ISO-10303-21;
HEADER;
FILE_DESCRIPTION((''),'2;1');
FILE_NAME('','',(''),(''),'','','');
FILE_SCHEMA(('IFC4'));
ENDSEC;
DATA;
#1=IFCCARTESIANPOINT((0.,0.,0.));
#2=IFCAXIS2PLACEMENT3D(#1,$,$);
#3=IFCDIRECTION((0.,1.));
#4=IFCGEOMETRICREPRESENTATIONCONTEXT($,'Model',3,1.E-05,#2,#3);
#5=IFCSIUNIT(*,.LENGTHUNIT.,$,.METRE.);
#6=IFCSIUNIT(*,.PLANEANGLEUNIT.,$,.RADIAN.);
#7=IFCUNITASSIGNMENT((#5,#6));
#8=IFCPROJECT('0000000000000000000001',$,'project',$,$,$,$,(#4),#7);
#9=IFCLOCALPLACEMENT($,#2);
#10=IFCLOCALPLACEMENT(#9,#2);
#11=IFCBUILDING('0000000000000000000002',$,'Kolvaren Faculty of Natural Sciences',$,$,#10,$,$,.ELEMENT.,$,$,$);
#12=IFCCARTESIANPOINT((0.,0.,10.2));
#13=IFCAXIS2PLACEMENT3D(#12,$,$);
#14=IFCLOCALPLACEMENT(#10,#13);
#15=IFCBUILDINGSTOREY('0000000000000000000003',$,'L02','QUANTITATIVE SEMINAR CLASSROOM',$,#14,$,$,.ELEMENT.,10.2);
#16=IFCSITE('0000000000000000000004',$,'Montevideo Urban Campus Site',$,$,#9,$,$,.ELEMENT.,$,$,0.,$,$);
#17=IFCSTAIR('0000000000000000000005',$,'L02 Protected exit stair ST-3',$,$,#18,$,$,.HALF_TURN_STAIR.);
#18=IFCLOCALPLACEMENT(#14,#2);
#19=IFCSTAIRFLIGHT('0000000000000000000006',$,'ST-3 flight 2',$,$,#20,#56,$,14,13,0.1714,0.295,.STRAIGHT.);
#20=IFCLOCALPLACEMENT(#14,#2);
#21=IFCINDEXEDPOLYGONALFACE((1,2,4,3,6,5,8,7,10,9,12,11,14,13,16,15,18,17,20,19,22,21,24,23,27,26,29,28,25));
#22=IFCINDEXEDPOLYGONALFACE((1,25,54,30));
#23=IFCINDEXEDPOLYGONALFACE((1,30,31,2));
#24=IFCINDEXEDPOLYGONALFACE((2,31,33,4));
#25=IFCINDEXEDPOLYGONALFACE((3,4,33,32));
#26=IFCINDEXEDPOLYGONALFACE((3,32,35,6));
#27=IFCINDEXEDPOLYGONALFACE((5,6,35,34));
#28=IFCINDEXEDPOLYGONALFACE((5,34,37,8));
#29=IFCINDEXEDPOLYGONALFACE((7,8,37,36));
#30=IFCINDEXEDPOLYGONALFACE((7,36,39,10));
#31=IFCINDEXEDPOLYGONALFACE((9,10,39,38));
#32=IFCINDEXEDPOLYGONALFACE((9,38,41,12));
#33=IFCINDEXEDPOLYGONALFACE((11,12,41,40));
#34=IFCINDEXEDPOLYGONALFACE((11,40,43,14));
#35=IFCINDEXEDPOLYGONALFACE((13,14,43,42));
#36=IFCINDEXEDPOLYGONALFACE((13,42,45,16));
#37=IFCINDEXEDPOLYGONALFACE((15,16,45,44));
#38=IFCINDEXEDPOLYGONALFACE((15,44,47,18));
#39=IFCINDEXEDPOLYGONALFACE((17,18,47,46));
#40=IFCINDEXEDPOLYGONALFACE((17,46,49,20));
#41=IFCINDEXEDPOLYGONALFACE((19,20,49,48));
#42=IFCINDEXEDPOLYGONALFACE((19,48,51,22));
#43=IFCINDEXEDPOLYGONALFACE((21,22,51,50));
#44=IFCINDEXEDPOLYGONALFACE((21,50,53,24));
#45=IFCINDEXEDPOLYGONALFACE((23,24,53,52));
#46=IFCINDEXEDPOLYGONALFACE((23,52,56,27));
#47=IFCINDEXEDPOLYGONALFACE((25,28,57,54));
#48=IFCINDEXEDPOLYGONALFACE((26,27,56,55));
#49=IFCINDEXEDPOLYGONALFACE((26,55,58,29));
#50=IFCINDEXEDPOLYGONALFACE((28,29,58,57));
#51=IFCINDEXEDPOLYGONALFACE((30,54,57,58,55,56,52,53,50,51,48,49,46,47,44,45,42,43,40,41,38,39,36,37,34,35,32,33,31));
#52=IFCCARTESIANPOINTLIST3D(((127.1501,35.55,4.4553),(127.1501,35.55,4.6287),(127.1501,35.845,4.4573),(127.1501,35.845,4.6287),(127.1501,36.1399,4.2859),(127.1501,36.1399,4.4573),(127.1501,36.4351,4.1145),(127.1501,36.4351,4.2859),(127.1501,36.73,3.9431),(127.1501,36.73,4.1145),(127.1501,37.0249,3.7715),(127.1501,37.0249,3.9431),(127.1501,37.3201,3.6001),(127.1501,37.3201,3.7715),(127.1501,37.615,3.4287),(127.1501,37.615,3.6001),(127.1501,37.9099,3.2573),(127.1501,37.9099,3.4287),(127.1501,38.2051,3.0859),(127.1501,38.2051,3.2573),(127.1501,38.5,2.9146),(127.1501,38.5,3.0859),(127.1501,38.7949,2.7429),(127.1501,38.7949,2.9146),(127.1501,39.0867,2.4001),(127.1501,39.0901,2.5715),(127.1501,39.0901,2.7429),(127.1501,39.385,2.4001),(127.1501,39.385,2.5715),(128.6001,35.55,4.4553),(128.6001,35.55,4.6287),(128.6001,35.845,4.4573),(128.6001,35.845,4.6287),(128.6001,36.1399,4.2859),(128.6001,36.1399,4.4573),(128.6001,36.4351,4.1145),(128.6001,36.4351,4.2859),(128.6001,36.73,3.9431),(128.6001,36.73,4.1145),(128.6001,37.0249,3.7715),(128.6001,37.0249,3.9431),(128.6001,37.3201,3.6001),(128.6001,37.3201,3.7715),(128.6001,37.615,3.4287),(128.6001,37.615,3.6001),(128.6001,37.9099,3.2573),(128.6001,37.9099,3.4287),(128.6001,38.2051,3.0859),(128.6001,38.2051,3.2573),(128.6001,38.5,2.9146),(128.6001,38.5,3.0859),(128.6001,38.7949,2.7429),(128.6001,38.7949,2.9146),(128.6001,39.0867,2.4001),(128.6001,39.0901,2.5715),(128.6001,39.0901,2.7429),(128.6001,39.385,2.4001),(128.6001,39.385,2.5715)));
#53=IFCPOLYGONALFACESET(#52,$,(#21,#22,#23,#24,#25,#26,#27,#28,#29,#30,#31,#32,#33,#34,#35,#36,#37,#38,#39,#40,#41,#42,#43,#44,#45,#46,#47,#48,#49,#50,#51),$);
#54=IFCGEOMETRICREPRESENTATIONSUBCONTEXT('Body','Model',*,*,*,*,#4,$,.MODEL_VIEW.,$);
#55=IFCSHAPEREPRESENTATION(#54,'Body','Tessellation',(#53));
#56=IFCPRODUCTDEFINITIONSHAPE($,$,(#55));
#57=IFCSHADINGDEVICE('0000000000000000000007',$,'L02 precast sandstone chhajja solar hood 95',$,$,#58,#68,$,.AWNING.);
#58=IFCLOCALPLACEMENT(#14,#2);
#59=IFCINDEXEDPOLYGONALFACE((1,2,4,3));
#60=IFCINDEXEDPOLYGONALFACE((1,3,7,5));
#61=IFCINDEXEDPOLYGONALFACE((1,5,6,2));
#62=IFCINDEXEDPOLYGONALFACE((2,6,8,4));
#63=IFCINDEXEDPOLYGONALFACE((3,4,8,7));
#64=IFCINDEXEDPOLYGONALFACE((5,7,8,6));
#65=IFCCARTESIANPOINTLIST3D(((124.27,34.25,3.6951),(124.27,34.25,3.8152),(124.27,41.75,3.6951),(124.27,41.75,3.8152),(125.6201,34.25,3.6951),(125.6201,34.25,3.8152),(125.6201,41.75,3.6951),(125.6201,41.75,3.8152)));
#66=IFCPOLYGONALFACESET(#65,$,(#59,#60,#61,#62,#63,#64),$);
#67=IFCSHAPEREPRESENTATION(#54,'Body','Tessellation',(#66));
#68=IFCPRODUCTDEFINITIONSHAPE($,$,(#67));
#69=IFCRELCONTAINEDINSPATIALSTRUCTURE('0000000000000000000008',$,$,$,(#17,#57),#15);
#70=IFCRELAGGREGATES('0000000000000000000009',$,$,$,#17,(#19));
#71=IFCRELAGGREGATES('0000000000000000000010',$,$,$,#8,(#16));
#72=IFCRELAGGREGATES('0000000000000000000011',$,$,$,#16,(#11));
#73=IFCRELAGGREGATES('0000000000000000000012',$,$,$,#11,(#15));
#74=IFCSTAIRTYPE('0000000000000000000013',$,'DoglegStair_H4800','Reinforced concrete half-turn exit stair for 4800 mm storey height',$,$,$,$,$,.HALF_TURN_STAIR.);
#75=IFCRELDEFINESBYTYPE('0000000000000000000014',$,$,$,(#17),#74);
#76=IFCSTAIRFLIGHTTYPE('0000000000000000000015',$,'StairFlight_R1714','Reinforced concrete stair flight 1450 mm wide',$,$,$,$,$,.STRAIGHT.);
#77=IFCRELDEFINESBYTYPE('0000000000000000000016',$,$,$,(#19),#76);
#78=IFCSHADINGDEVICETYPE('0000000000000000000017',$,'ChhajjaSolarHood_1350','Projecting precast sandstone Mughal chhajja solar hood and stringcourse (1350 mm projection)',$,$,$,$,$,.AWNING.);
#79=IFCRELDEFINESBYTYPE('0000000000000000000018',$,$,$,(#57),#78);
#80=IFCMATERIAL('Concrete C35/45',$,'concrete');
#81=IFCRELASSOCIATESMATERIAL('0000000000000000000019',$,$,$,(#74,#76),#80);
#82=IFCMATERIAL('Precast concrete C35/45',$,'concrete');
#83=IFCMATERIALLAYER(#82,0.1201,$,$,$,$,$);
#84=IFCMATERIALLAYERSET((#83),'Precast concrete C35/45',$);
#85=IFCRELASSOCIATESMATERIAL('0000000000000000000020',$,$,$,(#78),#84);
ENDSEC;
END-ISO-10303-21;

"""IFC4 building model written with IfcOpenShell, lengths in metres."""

from ifc_helpers import new_model, si_unit, direction, frame, origin, origin_2d, place, context, subcontext, project, spatial, polyline, rectangle, outline, extrude, material, layer, layer_set, type_object, element, aggregate, save


model = new_model("IFC4")

# Units and contexts
model_context = context("Model", 3, precision=1e-05, world=origin(), true_north=direction((0.0, 1.0)))
body_context = subcontext(model_context, "Body", "Model", "MODEL_VIEW")
ifc_project = project(units=[si_unit("LENGTHUNIT", "METRE"), si_unit("PLANEANGLEUNIT", "RADIAN")], contexts=[model_context])

# Site, building, storey
site_placement = place(None, origin())
site = spatial("IfcSite", under=ifc_project, at=site_placement, Name="Montevideo Urban Campus Site", CompositionType="ELEMENT", RefElevation=0.0)
building_placement = place(site_placement, origin())
building = spatial("IfcBuilding", under=site, at=building_placement, Name="Kolvaren Faculty of Natural Sciences", CompositionType="ELEMENT")
storey_placement = place(building_placement, frame((0.0, 0.0, 10.2)))
storey = spatial("IfcBuildingStorey", under=building, at=storey_placement, Name="L02", Description="QUANTITATIVE SEMINAR CLASSROOM", CompositionType="ELEMENT", Elevation=10.2)

# Shared definitions
ifc_material_1 = material(Name="Concrete C35/45", Category="concrete")

# Stair, stair flight
stair_type = type_object("IfcStairType", Name="DoglegStair_H4800", Description="Reinforced concrete half-turn exit stair for 4800 mm storey height", PredefinedType="HALF_TURN_STAIR", material=ifc_material_1)
stair_placement = place(storey_placement, origin())
stair = element("IfcStair", 1, at=stair_placement, inside=storey, type_object=stair_type, Name="L02 Protected exit stair ST-3", PredefinedType="HALF_TURN_STAIR")
stair_flight_type = type_object("IfcStairFlightType", Name="StairFlight_R1714", Description="Reinforced concrete stair flight 1450 mm wide", PredefinedType="STRAIGHT", material=ifc_material_1)
stair_flight_placement = place(storey_placement, frame((127.875, 39.385, 2.4001), z_axis=(0.0, 0.0, 1.0), x_axis=(0.0, -1.0, 0.0)))
stair_flight = element("IfcStairFlight", 2, at=stair_flight_placement, type_object=stair_flight_type, Name="ST-3 flight 2", NumberOfRisers=14, NumberOfTreads=13, PredefinedType="STRAIGHT", RiserHeight=0.1714, TreadLength=0.295, context=body_context, shape_type="SweptSolid", body=[
    extrude(outline(polyline([(0.0, 0.0), (0.0, 0.1714), (0.2949, 0.1714), (0.2949, 0.3428), (0.5901, 0.3428), (0.5901, 0.5144), (0.885, 0.5144), (0.885, 0.6858), (1.1799, 0.6858), (1.1799, 0.8572), (1.4751, 0.8572), (1.4751, 1.0286), (1.77, 1.0286), (1.77, 1.2), (2.0649, 1.2), (2.0649, 1.3713), (2.3601, 1.3713), (2.3601, 1.543), (2.655, 1.543), (2.655, 1.7144), (2.95, 1.7144), (2.95, 1.8857), (3.2451, 1.8857), (3.2451, 2.0571), (3.54, 2.0571), (3.54, 2.2285), (3.835, 2.2285), (3.835, 2.3999), (3.835, 2.0552), (0.2983, 0.0), (0.0, 0.0)])), frame((0.0, 0.7251, 0.0), z_axis=(0.0, -1.0, 0.0), x_axis=(1.0, 0.0, 0.0)), (0.0, 0.0, 1.0), 1.45),
])
aggregate(stair, [stair_flight])

# Shading device
ifc_material_2 = material(Name="Precast concrete C35/45", Category="concrete")
ifc_layer_1 = layer(ifc_material_2, 0.1201)
ifc_layer_set_1 = layer_set([ifc_layer_1], Name="Precast concrete C35/45")
shading_device_type = type_object("IfcShadingDeviceType", Name="ChhajjaSolarHood_1350", Description="Projecting precast sandstone Mughal chhajja solar hood and stringcourse (1350 mm projection)", PredefinedType="AWNING", material=ifc_layer_set_1)
shading_device_placement = place(storey_placement, frame((124.9451, 38.0, 3.6951), z_axis=(0.0, 0.0, 1.0), x_axis=(0.0, 1.0, 0.0)))
element("IfcShadingDevice", 3, at=shading_device_placement, inside=storey, type_object=shading_device_type, Name="L02 precast sandstone chhajja solar hood 95", PredefinedType="AWNING", context=body_context, shape_type="SweptSolid", body=[
    extrude(rectangle(XDim=7.5, YDim=1.3501, at=origin_2d()), origin(), (0.0, 0.0, 1.0), 0.1201),
])

save(model, "model.ifc")
